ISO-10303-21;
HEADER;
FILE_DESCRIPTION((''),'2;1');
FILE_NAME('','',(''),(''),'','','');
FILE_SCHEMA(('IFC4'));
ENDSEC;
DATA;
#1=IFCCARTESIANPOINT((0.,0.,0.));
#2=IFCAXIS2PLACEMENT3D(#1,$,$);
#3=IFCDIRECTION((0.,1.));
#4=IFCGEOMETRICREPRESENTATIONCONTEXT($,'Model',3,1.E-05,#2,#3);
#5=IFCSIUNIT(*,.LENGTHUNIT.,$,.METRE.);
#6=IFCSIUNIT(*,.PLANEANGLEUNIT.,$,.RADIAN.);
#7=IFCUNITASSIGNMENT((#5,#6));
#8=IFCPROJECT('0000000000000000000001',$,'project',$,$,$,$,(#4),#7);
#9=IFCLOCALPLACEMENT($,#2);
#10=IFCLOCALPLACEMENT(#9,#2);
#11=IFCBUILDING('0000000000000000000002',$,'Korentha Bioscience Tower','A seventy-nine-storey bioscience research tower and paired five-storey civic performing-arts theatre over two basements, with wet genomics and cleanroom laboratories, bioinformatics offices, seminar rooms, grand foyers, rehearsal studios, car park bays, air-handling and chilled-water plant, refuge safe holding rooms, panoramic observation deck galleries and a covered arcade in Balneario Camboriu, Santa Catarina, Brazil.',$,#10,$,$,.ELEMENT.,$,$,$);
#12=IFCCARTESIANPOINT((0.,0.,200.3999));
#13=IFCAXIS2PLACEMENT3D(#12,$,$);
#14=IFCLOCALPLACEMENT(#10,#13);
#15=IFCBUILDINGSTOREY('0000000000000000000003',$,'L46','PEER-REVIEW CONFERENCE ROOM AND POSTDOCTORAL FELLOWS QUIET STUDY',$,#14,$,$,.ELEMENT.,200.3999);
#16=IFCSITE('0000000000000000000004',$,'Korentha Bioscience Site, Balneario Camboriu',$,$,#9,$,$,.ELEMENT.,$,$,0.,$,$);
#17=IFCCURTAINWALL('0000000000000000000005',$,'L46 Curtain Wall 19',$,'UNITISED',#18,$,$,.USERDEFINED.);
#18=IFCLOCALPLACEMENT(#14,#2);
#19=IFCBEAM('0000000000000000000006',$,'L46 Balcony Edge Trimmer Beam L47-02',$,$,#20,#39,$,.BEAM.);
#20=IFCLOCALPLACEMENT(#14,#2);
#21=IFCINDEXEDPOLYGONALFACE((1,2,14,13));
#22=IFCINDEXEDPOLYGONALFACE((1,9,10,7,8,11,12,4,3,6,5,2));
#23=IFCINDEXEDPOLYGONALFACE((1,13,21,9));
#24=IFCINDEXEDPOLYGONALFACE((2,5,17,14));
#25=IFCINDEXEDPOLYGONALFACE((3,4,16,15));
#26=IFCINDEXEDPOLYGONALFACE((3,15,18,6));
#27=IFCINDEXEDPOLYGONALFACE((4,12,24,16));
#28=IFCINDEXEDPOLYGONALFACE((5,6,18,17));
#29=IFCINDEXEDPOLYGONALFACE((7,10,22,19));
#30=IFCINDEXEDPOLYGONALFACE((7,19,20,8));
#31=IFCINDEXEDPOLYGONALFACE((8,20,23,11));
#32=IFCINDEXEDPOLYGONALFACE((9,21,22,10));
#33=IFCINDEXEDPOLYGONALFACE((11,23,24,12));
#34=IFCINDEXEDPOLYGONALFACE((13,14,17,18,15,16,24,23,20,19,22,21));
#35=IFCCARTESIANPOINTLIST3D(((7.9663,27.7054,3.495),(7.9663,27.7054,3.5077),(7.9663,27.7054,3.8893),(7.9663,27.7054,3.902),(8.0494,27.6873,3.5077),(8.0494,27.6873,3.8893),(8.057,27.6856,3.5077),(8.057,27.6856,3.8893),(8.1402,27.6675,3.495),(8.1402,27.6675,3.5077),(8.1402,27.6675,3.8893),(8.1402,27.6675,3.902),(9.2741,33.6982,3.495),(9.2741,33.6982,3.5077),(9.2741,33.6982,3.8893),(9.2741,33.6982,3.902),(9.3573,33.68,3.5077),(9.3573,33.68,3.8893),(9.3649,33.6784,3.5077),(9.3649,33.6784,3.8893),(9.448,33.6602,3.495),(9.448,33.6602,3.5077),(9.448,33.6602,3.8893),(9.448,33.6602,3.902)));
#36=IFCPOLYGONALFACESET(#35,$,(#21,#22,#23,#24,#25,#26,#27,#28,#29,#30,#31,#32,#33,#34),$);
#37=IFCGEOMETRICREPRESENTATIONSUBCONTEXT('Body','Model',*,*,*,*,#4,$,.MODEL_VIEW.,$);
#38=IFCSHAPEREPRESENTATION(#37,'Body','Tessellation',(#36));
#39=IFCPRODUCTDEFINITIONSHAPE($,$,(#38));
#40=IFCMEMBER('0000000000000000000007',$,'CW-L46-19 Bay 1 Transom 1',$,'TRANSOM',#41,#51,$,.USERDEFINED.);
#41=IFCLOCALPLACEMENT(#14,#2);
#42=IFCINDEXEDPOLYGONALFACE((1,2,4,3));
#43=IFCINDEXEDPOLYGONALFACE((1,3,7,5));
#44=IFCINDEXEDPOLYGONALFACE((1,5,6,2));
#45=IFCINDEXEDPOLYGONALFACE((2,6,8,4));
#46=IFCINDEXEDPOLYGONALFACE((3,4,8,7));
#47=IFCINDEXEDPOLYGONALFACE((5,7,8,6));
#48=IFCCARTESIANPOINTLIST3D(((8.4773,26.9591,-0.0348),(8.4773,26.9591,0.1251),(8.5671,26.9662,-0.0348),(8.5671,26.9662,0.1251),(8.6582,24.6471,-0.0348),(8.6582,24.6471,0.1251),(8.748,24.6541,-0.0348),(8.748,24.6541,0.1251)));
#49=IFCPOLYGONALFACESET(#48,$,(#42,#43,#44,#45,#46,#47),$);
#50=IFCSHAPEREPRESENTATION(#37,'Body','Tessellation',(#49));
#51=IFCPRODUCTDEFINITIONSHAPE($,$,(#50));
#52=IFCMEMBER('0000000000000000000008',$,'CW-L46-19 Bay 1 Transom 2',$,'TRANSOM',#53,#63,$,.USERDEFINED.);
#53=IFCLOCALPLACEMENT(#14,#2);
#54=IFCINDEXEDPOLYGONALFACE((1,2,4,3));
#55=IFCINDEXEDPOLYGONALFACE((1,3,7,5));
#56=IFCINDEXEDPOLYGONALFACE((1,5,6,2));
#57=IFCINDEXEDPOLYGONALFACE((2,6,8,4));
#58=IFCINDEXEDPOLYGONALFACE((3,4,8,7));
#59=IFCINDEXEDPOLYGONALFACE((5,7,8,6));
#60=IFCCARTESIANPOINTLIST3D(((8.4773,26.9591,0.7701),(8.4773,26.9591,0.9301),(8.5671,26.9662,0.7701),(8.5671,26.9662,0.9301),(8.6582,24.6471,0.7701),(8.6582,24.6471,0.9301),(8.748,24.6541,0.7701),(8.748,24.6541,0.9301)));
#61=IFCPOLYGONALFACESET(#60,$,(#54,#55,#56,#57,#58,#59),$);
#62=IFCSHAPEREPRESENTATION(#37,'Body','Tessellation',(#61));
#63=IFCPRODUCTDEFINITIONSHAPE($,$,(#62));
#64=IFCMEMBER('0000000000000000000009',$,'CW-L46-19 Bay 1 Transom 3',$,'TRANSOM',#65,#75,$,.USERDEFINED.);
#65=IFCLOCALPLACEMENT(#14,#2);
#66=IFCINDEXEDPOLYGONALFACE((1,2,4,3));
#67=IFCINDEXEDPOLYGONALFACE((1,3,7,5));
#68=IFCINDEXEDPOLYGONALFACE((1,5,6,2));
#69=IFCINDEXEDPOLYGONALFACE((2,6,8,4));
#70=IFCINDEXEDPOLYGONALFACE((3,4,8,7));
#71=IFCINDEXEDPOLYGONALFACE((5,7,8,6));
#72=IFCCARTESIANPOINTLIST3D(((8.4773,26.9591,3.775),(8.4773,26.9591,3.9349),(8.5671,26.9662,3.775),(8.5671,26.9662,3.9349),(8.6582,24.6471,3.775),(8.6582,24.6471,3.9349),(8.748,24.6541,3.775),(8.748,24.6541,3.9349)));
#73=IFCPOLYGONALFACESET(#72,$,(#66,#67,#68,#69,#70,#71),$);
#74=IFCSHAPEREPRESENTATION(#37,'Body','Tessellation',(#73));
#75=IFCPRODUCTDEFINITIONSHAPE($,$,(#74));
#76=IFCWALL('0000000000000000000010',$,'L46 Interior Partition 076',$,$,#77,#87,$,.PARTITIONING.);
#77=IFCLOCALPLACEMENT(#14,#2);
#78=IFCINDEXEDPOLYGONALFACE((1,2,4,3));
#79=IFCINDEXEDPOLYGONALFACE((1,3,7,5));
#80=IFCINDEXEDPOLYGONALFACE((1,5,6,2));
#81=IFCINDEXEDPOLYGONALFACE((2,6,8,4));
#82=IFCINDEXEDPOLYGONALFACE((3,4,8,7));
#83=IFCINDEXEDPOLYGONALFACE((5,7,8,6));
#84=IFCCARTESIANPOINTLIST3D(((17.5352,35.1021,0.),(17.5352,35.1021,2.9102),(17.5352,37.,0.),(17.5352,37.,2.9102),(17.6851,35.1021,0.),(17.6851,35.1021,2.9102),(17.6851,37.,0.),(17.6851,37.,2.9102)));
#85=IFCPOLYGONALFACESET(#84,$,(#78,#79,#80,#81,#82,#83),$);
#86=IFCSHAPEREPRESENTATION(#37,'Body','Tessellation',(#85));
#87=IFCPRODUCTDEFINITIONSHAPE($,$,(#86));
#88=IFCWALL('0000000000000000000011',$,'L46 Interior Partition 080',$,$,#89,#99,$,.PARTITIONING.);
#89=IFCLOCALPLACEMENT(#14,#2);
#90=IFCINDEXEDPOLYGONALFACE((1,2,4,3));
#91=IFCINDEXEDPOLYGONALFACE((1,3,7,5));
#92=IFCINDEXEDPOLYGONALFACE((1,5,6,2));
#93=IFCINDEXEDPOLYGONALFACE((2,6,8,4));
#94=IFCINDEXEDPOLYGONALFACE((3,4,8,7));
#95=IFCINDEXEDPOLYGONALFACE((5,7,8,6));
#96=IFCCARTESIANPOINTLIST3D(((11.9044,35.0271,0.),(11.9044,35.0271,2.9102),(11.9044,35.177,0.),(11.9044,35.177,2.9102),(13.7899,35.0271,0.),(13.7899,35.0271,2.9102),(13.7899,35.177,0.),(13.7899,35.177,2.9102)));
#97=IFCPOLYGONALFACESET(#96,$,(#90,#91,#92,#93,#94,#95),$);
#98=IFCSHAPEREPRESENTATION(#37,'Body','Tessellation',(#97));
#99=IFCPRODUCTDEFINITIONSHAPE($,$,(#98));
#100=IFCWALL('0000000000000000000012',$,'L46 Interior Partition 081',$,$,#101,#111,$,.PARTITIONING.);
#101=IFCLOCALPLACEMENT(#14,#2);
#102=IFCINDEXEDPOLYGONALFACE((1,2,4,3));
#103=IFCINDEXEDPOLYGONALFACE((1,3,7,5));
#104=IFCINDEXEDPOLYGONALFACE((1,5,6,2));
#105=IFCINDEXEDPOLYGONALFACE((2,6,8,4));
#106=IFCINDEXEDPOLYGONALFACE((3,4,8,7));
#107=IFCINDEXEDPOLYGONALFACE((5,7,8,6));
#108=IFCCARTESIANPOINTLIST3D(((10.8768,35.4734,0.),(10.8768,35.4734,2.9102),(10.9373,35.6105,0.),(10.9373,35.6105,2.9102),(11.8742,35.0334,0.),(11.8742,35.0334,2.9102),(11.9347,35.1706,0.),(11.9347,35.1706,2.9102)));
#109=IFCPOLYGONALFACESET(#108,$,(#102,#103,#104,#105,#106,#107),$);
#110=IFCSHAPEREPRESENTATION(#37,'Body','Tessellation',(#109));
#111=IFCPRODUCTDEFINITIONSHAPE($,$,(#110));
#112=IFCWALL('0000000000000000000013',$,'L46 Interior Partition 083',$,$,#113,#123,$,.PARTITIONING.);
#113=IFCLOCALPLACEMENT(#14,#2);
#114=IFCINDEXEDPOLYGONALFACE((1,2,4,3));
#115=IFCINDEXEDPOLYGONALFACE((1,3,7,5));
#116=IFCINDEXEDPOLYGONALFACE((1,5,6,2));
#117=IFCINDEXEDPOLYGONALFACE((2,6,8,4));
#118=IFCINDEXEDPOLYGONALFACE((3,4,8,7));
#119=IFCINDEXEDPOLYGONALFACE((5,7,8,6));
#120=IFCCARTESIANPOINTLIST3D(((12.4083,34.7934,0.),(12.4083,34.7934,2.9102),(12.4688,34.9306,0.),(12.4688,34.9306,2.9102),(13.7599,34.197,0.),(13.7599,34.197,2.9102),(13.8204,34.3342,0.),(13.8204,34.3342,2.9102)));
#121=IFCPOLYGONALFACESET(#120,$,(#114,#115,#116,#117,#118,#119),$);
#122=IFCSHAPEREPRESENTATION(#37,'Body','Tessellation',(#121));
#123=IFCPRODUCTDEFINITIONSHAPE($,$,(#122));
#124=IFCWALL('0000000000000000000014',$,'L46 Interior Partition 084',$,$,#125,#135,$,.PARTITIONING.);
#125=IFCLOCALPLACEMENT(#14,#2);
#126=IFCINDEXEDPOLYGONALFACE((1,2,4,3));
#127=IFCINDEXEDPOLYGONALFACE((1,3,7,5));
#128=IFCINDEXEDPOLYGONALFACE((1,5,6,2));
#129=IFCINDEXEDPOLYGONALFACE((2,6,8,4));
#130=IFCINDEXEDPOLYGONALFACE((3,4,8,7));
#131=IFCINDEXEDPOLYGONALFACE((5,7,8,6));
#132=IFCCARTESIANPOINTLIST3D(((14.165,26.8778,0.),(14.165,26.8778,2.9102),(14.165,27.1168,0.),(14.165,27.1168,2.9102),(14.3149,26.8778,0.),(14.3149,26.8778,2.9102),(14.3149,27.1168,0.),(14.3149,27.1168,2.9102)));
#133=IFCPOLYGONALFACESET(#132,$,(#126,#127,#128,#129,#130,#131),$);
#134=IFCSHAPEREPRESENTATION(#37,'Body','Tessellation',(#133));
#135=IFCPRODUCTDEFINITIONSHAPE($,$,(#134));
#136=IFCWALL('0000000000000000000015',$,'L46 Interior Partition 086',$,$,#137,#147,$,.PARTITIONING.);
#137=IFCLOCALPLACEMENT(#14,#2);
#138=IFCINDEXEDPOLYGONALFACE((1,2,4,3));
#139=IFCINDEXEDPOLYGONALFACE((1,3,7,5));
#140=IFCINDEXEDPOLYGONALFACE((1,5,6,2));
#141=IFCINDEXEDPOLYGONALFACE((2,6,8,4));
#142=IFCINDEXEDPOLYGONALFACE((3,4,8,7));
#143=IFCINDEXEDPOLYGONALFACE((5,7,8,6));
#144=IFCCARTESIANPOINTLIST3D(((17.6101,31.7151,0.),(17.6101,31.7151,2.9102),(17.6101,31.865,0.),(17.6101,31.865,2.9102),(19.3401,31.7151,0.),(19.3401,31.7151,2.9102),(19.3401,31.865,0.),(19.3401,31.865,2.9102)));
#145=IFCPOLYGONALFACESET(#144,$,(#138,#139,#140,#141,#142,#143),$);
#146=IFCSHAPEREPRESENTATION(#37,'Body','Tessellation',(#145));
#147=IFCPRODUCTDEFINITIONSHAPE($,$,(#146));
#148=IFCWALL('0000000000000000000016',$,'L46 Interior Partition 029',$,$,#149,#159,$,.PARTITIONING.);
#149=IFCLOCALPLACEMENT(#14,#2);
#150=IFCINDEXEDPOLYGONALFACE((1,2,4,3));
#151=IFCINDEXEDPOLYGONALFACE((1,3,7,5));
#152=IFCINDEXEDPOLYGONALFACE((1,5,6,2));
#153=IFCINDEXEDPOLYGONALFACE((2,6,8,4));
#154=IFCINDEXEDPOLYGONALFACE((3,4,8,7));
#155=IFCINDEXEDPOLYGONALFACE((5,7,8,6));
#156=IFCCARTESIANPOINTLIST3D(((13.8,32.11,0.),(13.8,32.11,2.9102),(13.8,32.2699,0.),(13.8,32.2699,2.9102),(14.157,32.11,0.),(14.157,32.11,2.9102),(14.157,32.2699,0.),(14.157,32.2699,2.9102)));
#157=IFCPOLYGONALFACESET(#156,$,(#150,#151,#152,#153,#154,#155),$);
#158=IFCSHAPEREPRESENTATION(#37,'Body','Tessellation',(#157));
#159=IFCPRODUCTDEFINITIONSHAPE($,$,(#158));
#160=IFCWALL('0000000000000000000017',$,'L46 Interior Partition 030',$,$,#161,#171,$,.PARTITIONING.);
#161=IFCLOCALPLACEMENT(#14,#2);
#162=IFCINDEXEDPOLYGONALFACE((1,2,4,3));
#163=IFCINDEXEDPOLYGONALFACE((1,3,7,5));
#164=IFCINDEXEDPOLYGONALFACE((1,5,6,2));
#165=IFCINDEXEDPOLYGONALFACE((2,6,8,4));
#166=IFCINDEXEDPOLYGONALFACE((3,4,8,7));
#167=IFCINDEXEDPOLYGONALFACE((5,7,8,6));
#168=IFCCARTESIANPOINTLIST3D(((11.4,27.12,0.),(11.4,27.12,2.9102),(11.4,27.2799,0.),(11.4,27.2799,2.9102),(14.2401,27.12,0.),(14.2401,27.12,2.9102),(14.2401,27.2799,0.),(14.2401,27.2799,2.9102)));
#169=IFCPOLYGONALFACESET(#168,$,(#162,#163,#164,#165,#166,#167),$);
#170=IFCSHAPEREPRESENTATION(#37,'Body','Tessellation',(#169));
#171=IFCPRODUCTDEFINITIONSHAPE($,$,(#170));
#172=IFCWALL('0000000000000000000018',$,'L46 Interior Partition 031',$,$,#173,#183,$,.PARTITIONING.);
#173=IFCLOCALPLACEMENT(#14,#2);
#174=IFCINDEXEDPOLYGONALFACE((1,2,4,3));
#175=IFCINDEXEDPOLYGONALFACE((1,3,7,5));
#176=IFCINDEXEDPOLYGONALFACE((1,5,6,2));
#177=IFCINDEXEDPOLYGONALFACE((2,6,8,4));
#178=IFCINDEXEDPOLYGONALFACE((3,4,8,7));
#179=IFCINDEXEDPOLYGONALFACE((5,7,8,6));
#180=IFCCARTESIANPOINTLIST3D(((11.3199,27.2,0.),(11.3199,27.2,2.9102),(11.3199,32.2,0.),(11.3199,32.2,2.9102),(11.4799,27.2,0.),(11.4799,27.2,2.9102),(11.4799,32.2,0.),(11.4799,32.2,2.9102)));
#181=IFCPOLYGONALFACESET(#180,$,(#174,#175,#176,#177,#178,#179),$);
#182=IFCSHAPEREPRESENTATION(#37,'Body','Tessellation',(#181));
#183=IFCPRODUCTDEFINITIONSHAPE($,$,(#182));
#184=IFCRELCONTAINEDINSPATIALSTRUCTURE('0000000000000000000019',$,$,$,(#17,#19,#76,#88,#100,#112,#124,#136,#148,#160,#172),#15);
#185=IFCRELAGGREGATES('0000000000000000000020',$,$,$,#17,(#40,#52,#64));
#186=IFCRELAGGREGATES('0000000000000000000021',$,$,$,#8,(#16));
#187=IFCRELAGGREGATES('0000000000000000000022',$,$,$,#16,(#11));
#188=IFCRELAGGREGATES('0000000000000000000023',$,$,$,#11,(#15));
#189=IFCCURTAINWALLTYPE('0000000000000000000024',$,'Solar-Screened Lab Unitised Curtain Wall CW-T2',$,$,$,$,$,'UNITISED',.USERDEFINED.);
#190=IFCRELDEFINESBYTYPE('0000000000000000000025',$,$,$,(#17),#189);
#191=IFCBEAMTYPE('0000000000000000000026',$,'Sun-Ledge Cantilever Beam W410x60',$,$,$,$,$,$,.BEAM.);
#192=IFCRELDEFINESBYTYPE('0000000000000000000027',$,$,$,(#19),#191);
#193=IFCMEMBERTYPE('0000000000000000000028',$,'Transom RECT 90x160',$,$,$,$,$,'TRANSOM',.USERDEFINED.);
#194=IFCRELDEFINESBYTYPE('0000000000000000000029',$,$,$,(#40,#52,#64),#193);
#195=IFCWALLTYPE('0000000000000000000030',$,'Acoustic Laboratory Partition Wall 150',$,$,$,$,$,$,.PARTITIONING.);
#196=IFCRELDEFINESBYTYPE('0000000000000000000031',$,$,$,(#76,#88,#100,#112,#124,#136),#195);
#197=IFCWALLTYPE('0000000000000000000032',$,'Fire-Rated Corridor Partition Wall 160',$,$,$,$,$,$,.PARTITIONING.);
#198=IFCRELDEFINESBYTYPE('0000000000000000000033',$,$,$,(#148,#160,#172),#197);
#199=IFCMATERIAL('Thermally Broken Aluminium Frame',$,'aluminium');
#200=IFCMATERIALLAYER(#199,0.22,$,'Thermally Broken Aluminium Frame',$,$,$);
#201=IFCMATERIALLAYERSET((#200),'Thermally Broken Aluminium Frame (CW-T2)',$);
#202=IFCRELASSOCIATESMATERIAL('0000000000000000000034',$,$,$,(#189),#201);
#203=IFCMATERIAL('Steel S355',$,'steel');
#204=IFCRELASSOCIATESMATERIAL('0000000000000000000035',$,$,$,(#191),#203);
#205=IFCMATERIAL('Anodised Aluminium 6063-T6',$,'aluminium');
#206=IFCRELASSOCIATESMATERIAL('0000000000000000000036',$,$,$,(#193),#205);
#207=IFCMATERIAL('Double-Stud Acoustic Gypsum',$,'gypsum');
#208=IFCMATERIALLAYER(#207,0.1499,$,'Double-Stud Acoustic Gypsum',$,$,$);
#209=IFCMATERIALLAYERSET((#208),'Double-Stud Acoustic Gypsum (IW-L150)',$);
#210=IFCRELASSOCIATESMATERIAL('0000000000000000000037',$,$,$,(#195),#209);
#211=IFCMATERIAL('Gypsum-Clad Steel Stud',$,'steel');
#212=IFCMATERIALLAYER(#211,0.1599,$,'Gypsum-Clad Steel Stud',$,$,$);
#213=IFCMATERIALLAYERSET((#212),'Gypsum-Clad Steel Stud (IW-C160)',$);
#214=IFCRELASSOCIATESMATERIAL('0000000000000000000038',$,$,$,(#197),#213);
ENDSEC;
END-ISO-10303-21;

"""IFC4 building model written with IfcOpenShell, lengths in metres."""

from ifc_helpers import new_model, si_unit, direction, frame, frame_2d, origin, origin_2d, place, context, subcontext, project, spatial, rectangle, i_section, extrude, material, layer, layer_set, material_profile, profile_set, type_object, element, aggregate, save


model = new_model("IFC4")

# Units and contexts
model_context = context("Model", 3, precision=1e-05, world=origin(), true_north=direction((0.0, 1.0)))
body_context = subcontext(model_context, "Body", "Model", "MODEL_VIEW")
ifc_project = project(units=[si_unit("LENGTHUNIT", "METRE"), si_unit("PLANEANGLEUNIT", "RADIAN")], contexts=[model_context])

# Site, building, storey
site_placement = place(None, origin())
site = spatial("IfcSite", under=ifc_project, at=site_placement, Name="Korentha Bioscience Site, Balneario Camboriu", CompositionType="ELEMENT", RefElevation=0.0)
building_placement = place(site_placement, origin())
building = spatial("IfcBuilding", under=site, at=building_placement, Name="Korentha Bioscience Tower", Description="A seventy-nine-storey bioscience research tower and paired five-storey civic performing-arts theatre over two basements, with wet genomics and cleanroom laboratories, bioinformatics offices, seminar rooms, grand foyers, rehearsal studios, car park bays, air-handling and chilled-water plant, refuge safe holding rooms, panoramic observation deck galleries and a covered arcade in Balneario Camboriu, Santa Catarina, Brazil.", CompositionType="ELEMENT")
storey_placement = place(building_placement, frame((0.0, 0.0, 200.3999)))
storey = spatial("IfcBuildingStorey", under=building, at=storey_placement, Name="L46", Description="PEER-REVIEW CONFERENCE ROOM AND POSTDOCTORAL FELLOWS QUIET STUDY", CompositionType="ELEMENT", Elevation=200.3999)

# Curtain wall
ifc_material_1 = material(Name="Thermally Broken Aluminium Frame", Category="aluminium")
ifc_layer_1 = layer(ifc_material_1, 0.22, Name="Thermally Broken Aluminium Frame")
ifc_layer_set_1 = layer_set([ifc_layer_1], Name="Thermally Broken Aluminium Frame (CW-T2)")
curtain_wall_type = type_object("IfcCurtainWallType", Name="Solar-Screened Lab Unitised Curtain Wall CW-T2", ElementType="UNITISED", PredefinedType="USERDEFINED", material=ifc_layer_set_1)
curtain_wall_placement = place(storey_placement, origin())
curtain_wall = element("IfcCurtainWall", 1, at=curtain_wall_placement, inside=storey, type_object=curtain_wall_type, Name="L46 Curtain Wall 19", ObjectType="UNITISED", PredefinedType="USERDEFINED")
ifc_material_2 = material(Name="Anodised Aluminium 6063-T6", Category="aluminium")

# Beam
ifc_material_3 = material(Name="Steel S355", Category="steel")
ifc_material_profile_1 = material_profile(ifc_material_3, i_section(OverallWidth=0.178, OverallDepth=0.407, WebThickness=0.0078, FlangeThickness=0.0127, at=origin_2d()), Name="Steel S355")
ifc_profile_set_1 = profile_set([ifc_material_profile_1], Name="Steel S355 (CB-410)")
beam_type_1 = type_object("IfcBeamType", Name="Sun-Ledge Cantilever Beam W410x60", PredefinedType="BEAM", material=ifc_profile_set_1)
beam_1_placement = place(storey_placement, frame((9.3611, 33.6792, 3.6985), z_axis=(-0.213224, -0.977003, 0.0), x_axis=(0.977003, -0.213224, 0.0)))
element("IfcBeam", 2, at=beam_1_placement, inside=storey, type_object=beam_type_1, Name="L46 Balcony Edge Trimmer Beam L47-02", PredefinedType="BEAM", context=body_context, shape_type="SweptSolid", body=[
    extrude(i_section(OverallWidth=0.178, OverallDepth=0.407, WebThickness=0.0078, FlangeThickness=0.0127, at=origin_2d()), origin(), (0.0, 0.0, 1.0), 6.1338),
])

# Members
ifc_material_profile_2 = material_profile(ifc_material_2, rectangle(XDim=0.0901, YDim=0.1599, at=origin_2d()), Name="Anodised Aluminium 6063-T6")
ifc_profile_set_2 = profile_set([ifc_material_profile_2], Name="Anodised Aluminium 6063-T6 (CW-TRN)")
member_type_1 = type_object("IfcMemberType", Name="Transom RECT 90x160", ElementType="TRANSOM", PredefinedType="USERDEFINED", material=ifc_profile_set_2)
member_1_placement = place(storey_placement, frame((8.5222, 26.9626, 0.0452), z_axis=(0.078009, -0.996953, 0.0), x_axis=(0.996953, 0.078009, 0.0)))
member_1 = element("IfcMember", 3, at=member_1_placement, type_object=member_type_1, Name="CW-L46-19 Bay 1 Transom 1", ObjectType="TRANSOM", PredefinedType="USERDEFINED", context=body_context, shape_type="SweptSolid", body=[
    extrude(rectangle(XDim=0.0901, YDim=0.1599, at=origin_2d()), origin(), (0.0, 0.0, 1.0), 2.3191),
])
member_2_placement = place(storey_placement, frame((8.5222, 26.9626, 0.8501), z_axis=(0.078009, -0.996953, 0.0), x_axis=(0.996953, 0.078009, 0.0)))
member_2 = element("IfcMember", 4, at=member_2_placement, type_object=member_type_1, Name="CW-L46-19 Bay 1 Transom 2", ObjectType="TRANSOM", PredefinedType="USERDEFINED", context=body_context, shape_type="SweptSolid", body=[
    extrude(rectangle(XDim=0.0901, YDim=0.1599, at=origin_2d()), origin(), (0.0, 0.0, 1.0), 2.3191),
])
member_3_placement = place(storey_placement, frame((8.5222, 26.9626, 3.855), z_axis=(0.078009, -0.996953, 0.0), x_axis=(0.996953, 0.078009, 0.0)))
member_3 = element("IfcMember", 5, at=member_3_placement, type_object=member_type_1, Name="CW-L46-19 Bay 1 Transom 3", ObjectType="TRANSOM", PredefinedType="USERDEFINED", context=body_context, shape_type="SweptSolid", body=[
    extrude(rectangle(XDim=0.0901, YDim=0.1599, at=origin_2d()), origin(), (0.0, 0.0, 1.0), 2.3191),
])
aggregate(curtain_wall, [member_1, member_2, member_3])

# Shared definitions
ifc_material_4 = material(Name="Double-Stud Acoustic Gypsum", Category="gypsum")
ifc_layer_2 = layer(ifc_material_4, 0.1499, Name="Double-Stud Acoustic Gypsum")
ifc_layer_set_2 = layer_set([ifc_layer_2], Name="Double-Stud Acoustic Gypsum (IW-L150)")
wall_type_1 = type_object("IfcWallType", Name="Acoustic Laboratory Partition Wall 150", PredefinedType="PARTITIONING", material=ifc_layer_set_2)

# Walls
wall_1_placement = place(storey_placement, frame((17.6101, 35.1021, 0.0), z_axis=(0.0, 0.0, 1.0), x_axis=(0.0, 1.0, 0.0)))
element("IfcWall", 6, at=wall_1_placement, inside=storey, type_object=wall_type_1, Name="L46 Interior Partition 076", PredefinedType="PARTITIONING", context=body_context, shape_type="SweptSolid", body=[
    extrude(rectangle(XDim=1.8979, YDim=0.1499, at=frame_2d((0.949, 0.0))), origin(), (0.0, 0.0, 1.0), 2.9102),
])
wall_2_placement = place(storey_placement, frame((13.79, 35.1021, 0.0), z_axis=(0.0, 0.0, 1.0), x_axis=(-1.0, 0.0, 0.0)))
element("IfcWall", 7, at=wall_2_placement, inside=storey, type_object=wall_type_1, Name="L46 Interior Partition 080", PredefinedType="PARTITIONING", context=body_context, shape_type="SweptSolid", body=[
    extrude(rectangle(XDim=1.8855, YDim=0.1499, at=frame_2d((0.9429, 0.0))), origin(), (0.0, 0.0, 1.0), 2.9102),
])
wall_3_placement = place(storey_placement, frame((11.9043, 35.1021, 0.0), z_axis=(0.0, 0.0, 1.0), x_axis=(-0.914935, 0.403602, 0.0)))
element("IfcWall", 8, at=wall_3_placement, inside=storey, type_object=wall_type_1, Name="L46 Interior Partition 081", PredefinedType="PARTITIONING", context=body_context, shape_type="SweptSolid", body=[
    extrude(rectangle(XDim=1.0901, YDim=0.1499, at=frame_2d((0.5449, 0.0))), origin(), (0.0, 0.0, 1.0), 2.9102),
])
wall_4_placement = place(storey_placement, frame((12.4385, 34.8621, 0.0), z_axis=(0.0, 0.0, 1.0), x_axis=(0.914878, -0.40373, 0.0)))
element("IfcWall", 9, at=wall_4_placement, inside=storey, type_object=wall_type_1, Name="L46 Interior Partition 083", PredefinedType="PARTITIONING", context=body_context, shape_type="SweptSolid", body=[
    extrude(rectangle(XDim=1.4773, YDim=0.1499, at=frame_2d((0.7388, 0.0))), origin(), (0.0, 0.0, 1.0), 2.9102),
])
wall_5_placement = place(storey_placement, frame((14.24, 27.1169, 0.0), z_axis=(0.0, 0.0, 1.0), x_axis=(0.0, -1.0, 0.0)))
element("IfcWall", 10, at=wall_5_placement, inside=storey, type_object=wall_type_1, Name="L46 Interior Partition 084", PredefinedType="PARTITIONING", context=body_context, shape_type="SweptSolid", body=[
    extrude(rectangle(XDim=0.239, YDim=0.1499, at=frame_2d((0.1196, 0.0))), origin(), (0.0, 0.0, 1.0), 2.9102),
])
wall_6_placement = place(storey_placement, frame((17.6101, 31.79, 0.0), z_axis=(0.0, 0.0, 1.0), x_axis=(1.0, 0.0, 0.0)))
element("IfcWall", 11, at=wall_6_placement, inside=storey, type_object=wall_type_1, Name="L46 Interior Partition 086", PredefinedType="PARTITIONING", context=body_context, shape_type="SweptSolid", body=[
    extrude(rectangle(XDim=1.73, YDim=0.1499, at=frame_2d((0.865, 0.0))), origin(), (0.0, 0.0, 1.0), 2.9102),
])

# Shared definitions
ifc_material_5 = material(Name="Gypsum-Clad Steel Stud", Category="steel")
ifc_layer_3 = layer(ifc_material_5, 0.1599, Name="Gypsum-Clad Steel Stud")
ifc_layer_set_3 = layer_set([ifc_layer_3], Name="Gypsum-Clad Steel Stud (IW-C160)")
wall_type_2 = type_object("IfcWallType", Name="Fire-Rated Corridor Partition Wall 160", PredefinedType="PARTITIONING", material=ifc_layer_set_3)

# Walls
wall_7_placement = place(storey_placement, frame((13.8, 32.1899, 0.0), z_axis=(0.0, 0.0, 1.0), x_axis=(1.0, 0.0, 0.0)))
element("IfcWall", 12, at=wall_7_placement, inside=storey, type_object=wall_type_2, Name="L46 Interior Partition 029", PredefinedType="PARTITIONING", context=body_context, shape_type="SweptSolid", body=[
    extrude(rectangle(XDim=0.3569, YDim=0.1599, at=frame_2d((0.1785, 0.0))), origin(), (0.0, 0.0, 1.0), 2.9102),
])
wall_8_placement = place(storey_placement, frame((14.24, 27.2, 0.0), z_axis=(0.0, 0.0, 1.0), x_axis=(-1.0, 0.0, 0.0)))
element("IfcWall", 13, at=wall_8_placement, inside=storey, type_object=wall_type_2, Name="L46 Interior Partition 030", PredefinedType="PARTITIONING", context=body_context, shape_type="SweptSolid", body=[
    extrude(rectangle(XDim=2.8401, YDim=0.1599, at=frame_2d((1.4199, 0.0))), origin(), (0.0, 0.0, 1.0), 2.9102),
])
wall_9_placement = place(storey_placement, frame((11.3999, 27.2, 0.0), z_axis=(0.0, 0.0, 1.0), x_axis=(0.0, 1.0, 0.0)))
element("IfcWall", 14, at=wall_9_placement, inside=storey, type_object=wall_type_2, Name="L46 Interior Partition 031", PredefinedType="PARTITIONING", context=body_context, shape_type="SweptSolid", body=[
    extrude(rectangle(XDim=5.0, YDim=0.1599, at=frame_2d((2.5, 0.0))), origin(), (0.0, 0.0, 1.0), 2.9102),
])

save(model, "model.ifc")
